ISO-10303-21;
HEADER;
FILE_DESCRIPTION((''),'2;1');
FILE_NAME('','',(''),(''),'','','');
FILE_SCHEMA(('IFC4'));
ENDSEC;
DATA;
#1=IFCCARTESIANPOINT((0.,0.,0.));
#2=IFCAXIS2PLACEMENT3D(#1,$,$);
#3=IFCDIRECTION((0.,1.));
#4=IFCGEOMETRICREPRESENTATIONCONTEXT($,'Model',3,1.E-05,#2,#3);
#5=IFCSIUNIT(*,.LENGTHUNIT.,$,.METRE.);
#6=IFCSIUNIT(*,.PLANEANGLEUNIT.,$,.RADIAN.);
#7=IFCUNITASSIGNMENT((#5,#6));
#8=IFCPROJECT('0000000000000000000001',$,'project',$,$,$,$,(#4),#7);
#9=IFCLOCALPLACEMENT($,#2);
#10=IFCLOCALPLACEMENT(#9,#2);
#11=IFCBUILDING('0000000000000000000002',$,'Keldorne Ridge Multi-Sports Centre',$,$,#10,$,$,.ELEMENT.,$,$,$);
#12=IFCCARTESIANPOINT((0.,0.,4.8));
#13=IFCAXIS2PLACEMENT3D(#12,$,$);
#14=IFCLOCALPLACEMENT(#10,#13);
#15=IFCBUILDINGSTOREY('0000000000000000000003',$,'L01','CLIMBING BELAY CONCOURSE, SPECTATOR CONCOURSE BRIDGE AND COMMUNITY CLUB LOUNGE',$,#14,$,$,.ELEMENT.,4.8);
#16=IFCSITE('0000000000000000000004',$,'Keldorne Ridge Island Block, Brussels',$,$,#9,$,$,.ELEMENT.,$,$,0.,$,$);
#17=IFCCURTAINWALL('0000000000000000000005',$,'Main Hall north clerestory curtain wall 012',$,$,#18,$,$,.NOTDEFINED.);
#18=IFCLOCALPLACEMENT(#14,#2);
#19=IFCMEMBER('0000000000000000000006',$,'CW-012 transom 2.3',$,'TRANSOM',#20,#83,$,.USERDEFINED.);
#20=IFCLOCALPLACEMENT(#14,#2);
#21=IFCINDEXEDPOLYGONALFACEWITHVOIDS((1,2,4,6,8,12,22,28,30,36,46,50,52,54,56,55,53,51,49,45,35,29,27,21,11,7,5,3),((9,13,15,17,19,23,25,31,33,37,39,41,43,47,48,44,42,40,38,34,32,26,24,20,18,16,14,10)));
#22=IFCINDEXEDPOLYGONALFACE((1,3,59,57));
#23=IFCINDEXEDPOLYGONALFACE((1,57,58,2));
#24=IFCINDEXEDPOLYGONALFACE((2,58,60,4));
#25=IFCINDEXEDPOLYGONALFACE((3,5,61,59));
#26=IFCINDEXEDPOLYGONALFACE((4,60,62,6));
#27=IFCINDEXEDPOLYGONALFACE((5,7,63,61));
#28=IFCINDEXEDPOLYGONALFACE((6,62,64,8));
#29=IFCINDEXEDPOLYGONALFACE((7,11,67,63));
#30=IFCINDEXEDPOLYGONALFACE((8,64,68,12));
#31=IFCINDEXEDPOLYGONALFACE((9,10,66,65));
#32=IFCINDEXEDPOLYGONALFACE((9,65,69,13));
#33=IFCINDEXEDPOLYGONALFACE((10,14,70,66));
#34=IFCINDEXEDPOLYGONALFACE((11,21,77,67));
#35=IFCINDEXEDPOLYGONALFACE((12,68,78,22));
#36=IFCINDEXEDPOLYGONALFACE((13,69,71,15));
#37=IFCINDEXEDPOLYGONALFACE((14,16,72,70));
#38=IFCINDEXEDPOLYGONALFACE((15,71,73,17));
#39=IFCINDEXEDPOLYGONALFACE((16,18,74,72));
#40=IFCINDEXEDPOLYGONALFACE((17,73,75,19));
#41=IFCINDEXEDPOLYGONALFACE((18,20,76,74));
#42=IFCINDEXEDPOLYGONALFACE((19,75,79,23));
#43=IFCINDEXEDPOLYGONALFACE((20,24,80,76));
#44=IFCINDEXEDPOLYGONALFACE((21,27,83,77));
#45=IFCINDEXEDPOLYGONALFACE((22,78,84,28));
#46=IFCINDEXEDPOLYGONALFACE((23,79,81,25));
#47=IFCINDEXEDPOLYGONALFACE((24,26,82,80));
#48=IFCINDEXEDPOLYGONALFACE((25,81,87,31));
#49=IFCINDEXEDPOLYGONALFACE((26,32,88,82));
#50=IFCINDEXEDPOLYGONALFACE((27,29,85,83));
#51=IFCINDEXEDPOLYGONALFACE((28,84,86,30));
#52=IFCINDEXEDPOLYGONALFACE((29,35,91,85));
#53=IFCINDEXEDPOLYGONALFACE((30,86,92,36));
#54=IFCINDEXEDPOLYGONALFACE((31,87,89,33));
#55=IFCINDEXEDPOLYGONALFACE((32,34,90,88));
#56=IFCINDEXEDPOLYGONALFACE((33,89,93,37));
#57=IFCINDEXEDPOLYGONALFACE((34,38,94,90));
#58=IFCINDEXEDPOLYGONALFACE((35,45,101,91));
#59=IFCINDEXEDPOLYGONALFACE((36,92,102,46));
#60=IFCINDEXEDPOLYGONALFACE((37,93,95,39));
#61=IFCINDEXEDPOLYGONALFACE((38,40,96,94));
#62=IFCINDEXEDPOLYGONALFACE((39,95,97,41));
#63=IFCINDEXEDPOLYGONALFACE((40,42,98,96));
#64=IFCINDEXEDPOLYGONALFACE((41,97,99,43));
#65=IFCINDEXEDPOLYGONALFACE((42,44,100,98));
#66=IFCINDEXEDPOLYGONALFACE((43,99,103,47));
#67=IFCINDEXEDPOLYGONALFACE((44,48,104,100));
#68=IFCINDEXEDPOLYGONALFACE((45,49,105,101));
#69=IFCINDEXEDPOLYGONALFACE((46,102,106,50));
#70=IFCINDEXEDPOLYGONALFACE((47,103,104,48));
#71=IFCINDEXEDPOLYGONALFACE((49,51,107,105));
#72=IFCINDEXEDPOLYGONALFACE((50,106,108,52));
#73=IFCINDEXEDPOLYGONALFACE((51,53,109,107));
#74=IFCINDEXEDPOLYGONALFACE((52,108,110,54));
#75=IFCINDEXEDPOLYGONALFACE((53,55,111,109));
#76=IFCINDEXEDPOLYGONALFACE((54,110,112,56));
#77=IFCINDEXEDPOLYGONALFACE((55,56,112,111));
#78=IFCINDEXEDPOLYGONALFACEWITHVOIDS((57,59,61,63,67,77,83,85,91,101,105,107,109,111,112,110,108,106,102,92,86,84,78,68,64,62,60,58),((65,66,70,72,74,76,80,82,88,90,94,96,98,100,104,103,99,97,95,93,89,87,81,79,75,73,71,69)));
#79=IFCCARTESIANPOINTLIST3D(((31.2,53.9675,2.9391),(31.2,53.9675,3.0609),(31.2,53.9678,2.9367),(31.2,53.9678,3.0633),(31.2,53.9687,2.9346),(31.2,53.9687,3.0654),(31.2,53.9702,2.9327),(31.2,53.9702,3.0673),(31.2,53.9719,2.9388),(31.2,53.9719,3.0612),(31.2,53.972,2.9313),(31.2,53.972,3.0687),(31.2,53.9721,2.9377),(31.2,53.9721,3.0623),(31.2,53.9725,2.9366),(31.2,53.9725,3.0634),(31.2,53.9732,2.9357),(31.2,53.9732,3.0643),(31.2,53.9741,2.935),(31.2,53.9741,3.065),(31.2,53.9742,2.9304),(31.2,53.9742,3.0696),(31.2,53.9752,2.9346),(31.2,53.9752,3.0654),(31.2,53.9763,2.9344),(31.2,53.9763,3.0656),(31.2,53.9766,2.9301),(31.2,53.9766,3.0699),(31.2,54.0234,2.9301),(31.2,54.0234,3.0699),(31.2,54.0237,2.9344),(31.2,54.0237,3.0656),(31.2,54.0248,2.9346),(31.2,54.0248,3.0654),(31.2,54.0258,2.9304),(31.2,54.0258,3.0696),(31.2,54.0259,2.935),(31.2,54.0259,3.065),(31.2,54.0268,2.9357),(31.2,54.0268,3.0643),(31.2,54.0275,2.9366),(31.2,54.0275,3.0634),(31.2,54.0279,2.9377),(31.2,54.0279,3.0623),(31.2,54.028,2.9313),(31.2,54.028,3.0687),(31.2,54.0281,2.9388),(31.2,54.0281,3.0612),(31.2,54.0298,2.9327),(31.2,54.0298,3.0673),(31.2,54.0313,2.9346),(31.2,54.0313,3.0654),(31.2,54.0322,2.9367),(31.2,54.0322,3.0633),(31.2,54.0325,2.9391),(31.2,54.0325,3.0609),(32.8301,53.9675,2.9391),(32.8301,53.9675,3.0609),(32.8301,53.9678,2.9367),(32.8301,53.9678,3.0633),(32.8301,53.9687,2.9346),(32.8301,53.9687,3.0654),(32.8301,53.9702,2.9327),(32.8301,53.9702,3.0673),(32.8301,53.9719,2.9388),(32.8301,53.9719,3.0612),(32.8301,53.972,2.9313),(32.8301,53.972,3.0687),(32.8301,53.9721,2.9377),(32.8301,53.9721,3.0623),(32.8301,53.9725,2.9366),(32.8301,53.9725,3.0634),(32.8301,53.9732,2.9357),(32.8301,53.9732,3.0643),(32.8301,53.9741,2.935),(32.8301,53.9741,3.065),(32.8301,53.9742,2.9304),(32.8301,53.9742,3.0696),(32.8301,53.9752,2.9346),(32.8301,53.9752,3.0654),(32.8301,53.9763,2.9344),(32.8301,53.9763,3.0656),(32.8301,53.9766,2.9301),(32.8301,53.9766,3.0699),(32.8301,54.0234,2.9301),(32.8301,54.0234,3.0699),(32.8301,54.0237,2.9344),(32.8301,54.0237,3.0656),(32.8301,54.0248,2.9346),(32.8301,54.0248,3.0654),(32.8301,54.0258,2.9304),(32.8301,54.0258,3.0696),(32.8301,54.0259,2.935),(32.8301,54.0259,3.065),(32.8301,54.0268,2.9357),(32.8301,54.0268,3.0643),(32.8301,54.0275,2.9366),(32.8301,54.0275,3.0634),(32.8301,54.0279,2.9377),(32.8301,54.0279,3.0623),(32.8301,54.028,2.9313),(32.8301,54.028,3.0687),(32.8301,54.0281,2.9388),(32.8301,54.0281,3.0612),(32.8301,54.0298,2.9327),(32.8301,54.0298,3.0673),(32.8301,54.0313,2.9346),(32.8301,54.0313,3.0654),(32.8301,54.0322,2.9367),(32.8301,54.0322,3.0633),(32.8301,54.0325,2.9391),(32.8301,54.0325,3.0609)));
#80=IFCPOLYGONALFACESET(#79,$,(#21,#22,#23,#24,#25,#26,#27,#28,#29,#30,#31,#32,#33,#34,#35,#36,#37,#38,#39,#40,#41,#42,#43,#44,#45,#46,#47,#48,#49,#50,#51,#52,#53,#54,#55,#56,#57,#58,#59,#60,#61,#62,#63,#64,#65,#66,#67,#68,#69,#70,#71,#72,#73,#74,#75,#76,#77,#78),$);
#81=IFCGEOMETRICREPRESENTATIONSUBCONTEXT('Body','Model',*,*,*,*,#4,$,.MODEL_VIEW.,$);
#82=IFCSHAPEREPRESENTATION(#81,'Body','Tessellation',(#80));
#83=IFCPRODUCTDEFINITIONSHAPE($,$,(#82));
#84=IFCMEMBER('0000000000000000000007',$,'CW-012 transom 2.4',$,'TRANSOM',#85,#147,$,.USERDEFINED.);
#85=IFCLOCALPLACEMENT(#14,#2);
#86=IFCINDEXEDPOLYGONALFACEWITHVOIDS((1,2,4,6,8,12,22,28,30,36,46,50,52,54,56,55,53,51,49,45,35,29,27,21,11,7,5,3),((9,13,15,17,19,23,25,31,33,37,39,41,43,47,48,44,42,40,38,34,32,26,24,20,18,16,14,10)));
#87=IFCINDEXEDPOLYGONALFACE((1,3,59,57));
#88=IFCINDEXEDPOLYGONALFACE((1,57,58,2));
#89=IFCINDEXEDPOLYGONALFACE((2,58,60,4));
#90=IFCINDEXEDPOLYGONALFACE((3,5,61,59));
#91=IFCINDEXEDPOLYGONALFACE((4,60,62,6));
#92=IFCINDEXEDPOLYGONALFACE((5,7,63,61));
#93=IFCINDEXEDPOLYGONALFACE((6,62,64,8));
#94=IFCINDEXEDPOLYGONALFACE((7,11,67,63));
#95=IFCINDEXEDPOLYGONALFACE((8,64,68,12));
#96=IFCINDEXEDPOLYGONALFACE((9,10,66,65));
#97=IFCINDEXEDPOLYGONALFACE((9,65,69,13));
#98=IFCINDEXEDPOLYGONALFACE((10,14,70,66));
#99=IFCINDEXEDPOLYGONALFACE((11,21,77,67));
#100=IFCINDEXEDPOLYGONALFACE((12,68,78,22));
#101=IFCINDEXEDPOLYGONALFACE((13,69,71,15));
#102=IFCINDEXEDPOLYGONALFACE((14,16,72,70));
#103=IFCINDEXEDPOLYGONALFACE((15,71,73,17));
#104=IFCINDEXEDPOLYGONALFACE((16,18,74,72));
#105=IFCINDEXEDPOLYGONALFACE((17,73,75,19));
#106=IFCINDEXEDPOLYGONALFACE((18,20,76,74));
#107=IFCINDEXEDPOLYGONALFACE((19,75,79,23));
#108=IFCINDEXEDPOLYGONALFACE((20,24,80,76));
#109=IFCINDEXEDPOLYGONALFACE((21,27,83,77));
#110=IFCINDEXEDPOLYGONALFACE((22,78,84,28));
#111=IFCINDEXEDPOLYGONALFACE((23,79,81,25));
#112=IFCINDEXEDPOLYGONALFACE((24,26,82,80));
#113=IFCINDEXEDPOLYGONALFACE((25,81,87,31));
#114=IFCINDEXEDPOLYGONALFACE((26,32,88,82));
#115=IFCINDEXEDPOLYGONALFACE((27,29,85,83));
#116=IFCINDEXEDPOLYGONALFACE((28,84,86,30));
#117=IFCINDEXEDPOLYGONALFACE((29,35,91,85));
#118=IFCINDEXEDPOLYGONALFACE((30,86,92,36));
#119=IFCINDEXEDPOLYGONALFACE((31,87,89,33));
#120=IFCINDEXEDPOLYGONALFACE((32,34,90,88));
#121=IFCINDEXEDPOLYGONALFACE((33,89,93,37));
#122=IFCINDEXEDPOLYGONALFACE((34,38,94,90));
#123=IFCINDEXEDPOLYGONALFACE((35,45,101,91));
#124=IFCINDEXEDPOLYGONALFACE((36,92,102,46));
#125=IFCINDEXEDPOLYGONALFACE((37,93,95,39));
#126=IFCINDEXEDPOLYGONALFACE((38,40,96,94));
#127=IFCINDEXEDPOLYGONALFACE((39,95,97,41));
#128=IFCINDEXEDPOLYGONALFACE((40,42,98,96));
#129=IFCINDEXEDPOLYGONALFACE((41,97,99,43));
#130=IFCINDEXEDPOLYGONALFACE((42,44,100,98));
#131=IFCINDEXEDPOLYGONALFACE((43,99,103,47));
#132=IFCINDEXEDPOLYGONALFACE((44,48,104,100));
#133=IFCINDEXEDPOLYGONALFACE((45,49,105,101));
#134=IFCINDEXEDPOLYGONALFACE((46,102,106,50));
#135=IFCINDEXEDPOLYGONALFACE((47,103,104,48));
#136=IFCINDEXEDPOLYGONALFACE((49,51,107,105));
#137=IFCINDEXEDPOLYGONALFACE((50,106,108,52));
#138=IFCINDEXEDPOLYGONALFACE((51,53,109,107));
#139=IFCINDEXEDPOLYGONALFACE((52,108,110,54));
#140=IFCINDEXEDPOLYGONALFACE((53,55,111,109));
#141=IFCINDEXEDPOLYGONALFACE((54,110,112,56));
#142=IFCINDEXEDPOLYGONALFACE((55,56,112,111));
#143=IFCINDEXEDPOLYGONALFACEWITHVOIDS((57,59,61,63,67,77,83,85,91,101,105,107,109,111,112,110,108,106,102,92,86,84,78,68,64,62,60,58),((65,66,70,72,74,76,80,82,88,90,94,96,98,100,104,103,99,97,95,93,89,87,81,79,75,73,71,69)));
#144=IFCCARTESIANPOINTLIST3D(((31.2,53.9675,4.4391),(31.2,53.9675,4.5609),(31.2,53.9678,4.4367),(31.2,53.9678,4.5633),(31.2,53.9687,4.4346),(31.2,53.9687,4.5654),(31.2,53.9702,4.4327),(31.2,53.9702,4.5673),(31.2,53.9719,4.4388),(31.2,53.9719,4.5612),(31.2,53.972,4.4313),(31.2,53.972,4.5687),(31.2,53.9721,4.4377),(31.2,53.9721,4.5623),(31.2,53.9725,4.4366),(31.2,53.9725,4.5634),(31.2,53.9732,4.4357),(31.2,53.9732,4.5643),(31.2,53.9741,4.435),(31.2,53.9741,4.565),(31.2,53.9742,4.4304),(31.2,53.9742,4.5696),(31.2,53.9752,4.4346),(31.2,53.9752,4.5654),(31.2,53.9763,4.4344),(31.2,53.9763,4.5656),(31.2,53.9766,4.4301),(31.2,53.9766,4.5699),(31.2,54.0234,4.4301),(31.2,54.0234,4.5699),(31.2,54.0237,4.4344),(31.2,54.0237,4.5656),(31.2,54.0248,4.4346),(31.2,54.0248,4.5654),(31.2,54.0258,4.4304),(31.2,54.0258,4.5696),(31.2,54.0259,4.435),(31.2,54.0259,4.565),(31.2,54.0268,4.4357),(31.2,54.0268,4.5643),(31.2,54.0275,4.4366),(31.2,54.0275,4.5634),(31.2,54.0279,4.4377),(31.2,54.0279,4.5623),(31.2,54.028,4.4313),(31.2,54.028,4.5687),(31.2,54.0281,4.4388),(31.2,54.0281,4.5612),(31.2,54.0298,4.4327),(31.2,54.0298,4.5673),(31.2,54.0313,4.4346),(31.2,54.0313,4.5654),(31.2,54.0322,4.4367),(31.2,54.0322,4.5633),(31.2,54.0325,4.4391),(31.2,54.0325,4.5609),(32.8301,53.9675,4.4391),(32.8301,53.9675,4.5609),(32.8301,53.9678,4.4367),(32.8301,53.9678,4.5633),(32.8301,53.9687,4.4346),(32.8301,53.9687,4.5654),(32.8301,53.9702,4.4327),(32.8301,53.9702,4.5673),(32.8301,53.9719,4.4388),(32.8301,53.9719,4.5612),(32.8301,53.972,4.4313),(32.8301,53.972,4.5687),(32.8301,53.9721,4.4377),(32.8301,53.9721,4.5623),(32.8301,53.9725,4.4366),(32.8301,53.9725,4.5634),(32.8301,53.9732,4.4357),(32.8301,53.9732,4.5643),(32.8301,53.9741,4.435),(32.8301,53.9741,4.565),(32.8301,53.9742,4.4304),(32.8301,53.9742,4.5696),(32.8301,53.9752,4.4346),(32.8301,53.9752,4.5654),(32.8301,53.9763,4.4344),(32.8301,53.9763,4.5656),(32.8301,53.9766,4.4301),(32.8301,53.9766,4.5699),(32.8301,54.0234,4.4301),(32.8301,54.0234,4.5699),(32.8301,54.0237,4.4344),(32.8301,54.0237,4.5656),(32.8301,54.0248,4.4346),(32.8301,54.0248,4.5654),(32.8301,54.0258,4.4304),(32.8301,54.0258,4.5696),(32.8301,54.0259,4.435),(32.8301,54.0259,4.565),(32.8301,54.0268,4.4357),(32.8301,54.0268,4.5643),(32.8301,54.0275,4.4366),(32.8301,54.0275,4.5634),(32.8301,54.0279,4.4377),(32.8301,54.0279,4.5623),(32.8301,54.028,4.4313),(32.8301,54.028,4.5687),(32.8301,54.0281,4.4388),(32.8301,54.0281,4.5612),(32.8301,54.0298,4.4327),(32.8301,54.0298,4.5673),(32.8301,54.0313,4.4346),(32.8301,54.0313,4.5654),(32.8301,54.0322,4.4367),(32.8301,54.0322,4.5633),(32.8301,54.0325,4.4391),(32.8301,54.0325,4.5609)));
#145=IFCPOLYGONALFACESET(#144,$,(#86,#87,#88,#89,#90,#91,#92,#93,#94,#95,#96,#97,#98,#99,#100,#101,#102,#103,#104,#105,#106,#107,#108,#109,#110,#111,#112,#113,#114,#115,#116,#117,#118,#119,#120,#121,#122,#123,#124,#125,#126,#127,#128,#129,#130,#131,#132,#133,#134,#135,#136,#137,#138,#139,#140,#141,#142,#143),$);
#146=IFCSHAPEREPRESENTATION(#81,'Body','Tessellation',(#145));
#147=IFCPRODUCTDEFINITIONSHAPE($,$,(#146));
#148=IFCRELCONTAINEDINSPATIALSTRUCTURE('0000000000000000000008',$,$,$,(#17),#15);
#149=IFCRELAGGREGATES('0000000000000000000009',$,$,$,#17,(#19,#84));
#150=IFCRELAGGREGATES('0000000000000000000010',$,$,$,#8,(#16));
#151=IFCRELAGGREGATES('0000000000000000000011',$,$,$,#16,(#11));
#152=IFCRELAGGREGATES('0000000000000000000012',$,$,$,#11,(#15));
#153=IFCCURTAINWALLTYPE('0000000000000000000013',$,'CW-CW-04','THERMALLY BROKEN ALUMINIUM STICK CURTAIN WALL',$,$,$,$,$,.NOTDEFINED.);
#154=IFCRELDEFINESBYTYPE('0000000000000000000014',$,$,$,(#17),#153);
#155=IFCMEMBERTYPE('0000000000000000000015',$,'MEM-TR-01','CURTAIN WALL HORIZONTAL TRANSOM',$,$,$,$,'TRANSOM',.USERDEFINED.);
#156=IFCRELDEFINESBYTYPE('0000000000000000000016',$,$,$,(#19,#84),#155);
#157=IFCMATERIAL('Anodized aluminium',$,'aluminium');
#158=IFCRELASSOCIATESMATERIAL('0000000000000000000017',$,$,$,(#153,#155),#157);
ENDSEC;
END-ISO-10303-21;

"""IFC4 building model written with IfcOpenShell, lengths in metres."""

from ifc_helpers import new_model, si_unit, direction, frame, origin, origin_2d, place, context, subcontext, project, spatial, hollow_rectangle, extrude, material, material_profile, profile_set, type_object, element, aggregate, save


model = new_model("IFC4")

# Units and contexts
model_context = context("Model", 3, precision=1e-05, world=origin(), true_north=direction((0.0, 1.0)))
body_context = subcontext(model_context, "Body", "Model", "MODEL_VIEW")
ifc_project = project(units=[si_unit("LENGTHUNIT", "METRE"), si_unit("PLANEANGLEUNIT", "RADIAN")], contexts=[model_context])

# Site, building, storey
site_placement = place(None, origin())
site = spatial("IfcSite", under=ifc_project, at=site_placement, Name="Keldorne Ridge Island Block, Brussels", CompositionType="ELEMENT", RefElevation=0.0)
building_placement = place(site_placement, origin())
building = spatial("IfcBuilding", under=site, at=building_placement, Name="Keldorne Ridge Multi-Sports Centre", CompositionType="ELEMENT")
storey_placement = place(building_placement, frame((0.0, 0.0, 4.8)))
storey = spatial("IfcBuildingStorey", under=building, at=storey_placement, Name="L01", Description="CLIMBING BELAY CONCOURSE, SPECTATOR CONCOURSE BRIDGE AND COMMUNITY CLUB LOUNGE", CompositionType="ELEMENT", Elevation=4.8)

# Curtain wall
ifc_material_1 = material(Name="Anodized aluminium", Category="aluminium")
curtain_wall_type_1 = type_object("IfcCurtainWallType", Name="CW-CW-04", Description="THERMALLY BROKEN ALUMINIUM STICK CURTAIN WALL", PredefinedType="NOTDEFINED", material=ifc_material_1)
curtain_wall_1_placement = place(storey_placement, origin())
curtain_wall_1 = element("IfcCurtainWall", 1, at=curtain_wall_1_placement, inside=storey, type_object=curtain_wall_type_1, Name="Main Hall north clerestory curtain wall 012", PredefinedType="NOTDEFINED")

# Members
ifc_material_profile_1 = material_profile(ifc_material_1, hollow_rectangle(XDim=0.0649, YDim=0.1399, WallThickness=0.0044, InnerFilletRadius=0.0044, OuterFilletRadius=0.009, at=origin_2d()), Name="ALU TRANSOM 140x65x4.5")
ifc_profile_set_1 = profile_set([ifc_material_profile_1], Name="Anodized aluminium")
member_type_1 = type_object("IfcMemberType", Name="MEM-TR-01", Description="CURTAIN WALL HORIZONTAL TRANSOM", ElementType="TRANSOM", PredefinedType="USERDEFINED", material=ifc_profile_set_1)
member_1_placement = place(storey_placement, frame((32.8301, 54.0, 3.0), z_axis=(-1.0, 0.0, 0.0), x_axis=(0.0, -1.0, 0.0)))
member_1 = element("IfcMember", 2, at=member_1_placement, type_object=member_type_1, Name="CW-012 transom 2.3", ObjectType="TRANSOM", PredefinedType="USERDEFINED", context=body_context, shape_type="SweptSolid", body=[
    extrude(hollow_rectangle(XDim=0.0649, YDim=0.1399, WallThickness=0.0044, InnerFilletRadius=0.0044, OuterFilletRadius=0.009, at=origin_2d()), origin(), (0.0, 0.0, 1.0), 1.6301),
])
member_2_placement = place(storey_placement, frame((32.8301, 54.0, 4.5), z_axis=(-1.0, 0.0, 0.0), x_axis=(0.0, -1.0, 0.0)))
member_2 = element("IfcMember", 3, at=member_2_placement, type_object=member_type_1, Name="CW-012 transom 2.4", ObjectType="TRANSOM", PredefinedType="USERDEFINED", context=body_context, shape_type="SweptSolid", body=[
    extrude(hollow_rectangle(XDim=0.0649, YDim=0.1399, WallThickness=0.0044, InnerFilletRadius=0.0044, OuterFilletRadius=0.009, at=origin_2d()), origin(), (0.0, 0.0, 1.0), 1.6301),
])

aggregate(curtain_wall_1, [member_1, member_2])

save(model, "model.ifc")
